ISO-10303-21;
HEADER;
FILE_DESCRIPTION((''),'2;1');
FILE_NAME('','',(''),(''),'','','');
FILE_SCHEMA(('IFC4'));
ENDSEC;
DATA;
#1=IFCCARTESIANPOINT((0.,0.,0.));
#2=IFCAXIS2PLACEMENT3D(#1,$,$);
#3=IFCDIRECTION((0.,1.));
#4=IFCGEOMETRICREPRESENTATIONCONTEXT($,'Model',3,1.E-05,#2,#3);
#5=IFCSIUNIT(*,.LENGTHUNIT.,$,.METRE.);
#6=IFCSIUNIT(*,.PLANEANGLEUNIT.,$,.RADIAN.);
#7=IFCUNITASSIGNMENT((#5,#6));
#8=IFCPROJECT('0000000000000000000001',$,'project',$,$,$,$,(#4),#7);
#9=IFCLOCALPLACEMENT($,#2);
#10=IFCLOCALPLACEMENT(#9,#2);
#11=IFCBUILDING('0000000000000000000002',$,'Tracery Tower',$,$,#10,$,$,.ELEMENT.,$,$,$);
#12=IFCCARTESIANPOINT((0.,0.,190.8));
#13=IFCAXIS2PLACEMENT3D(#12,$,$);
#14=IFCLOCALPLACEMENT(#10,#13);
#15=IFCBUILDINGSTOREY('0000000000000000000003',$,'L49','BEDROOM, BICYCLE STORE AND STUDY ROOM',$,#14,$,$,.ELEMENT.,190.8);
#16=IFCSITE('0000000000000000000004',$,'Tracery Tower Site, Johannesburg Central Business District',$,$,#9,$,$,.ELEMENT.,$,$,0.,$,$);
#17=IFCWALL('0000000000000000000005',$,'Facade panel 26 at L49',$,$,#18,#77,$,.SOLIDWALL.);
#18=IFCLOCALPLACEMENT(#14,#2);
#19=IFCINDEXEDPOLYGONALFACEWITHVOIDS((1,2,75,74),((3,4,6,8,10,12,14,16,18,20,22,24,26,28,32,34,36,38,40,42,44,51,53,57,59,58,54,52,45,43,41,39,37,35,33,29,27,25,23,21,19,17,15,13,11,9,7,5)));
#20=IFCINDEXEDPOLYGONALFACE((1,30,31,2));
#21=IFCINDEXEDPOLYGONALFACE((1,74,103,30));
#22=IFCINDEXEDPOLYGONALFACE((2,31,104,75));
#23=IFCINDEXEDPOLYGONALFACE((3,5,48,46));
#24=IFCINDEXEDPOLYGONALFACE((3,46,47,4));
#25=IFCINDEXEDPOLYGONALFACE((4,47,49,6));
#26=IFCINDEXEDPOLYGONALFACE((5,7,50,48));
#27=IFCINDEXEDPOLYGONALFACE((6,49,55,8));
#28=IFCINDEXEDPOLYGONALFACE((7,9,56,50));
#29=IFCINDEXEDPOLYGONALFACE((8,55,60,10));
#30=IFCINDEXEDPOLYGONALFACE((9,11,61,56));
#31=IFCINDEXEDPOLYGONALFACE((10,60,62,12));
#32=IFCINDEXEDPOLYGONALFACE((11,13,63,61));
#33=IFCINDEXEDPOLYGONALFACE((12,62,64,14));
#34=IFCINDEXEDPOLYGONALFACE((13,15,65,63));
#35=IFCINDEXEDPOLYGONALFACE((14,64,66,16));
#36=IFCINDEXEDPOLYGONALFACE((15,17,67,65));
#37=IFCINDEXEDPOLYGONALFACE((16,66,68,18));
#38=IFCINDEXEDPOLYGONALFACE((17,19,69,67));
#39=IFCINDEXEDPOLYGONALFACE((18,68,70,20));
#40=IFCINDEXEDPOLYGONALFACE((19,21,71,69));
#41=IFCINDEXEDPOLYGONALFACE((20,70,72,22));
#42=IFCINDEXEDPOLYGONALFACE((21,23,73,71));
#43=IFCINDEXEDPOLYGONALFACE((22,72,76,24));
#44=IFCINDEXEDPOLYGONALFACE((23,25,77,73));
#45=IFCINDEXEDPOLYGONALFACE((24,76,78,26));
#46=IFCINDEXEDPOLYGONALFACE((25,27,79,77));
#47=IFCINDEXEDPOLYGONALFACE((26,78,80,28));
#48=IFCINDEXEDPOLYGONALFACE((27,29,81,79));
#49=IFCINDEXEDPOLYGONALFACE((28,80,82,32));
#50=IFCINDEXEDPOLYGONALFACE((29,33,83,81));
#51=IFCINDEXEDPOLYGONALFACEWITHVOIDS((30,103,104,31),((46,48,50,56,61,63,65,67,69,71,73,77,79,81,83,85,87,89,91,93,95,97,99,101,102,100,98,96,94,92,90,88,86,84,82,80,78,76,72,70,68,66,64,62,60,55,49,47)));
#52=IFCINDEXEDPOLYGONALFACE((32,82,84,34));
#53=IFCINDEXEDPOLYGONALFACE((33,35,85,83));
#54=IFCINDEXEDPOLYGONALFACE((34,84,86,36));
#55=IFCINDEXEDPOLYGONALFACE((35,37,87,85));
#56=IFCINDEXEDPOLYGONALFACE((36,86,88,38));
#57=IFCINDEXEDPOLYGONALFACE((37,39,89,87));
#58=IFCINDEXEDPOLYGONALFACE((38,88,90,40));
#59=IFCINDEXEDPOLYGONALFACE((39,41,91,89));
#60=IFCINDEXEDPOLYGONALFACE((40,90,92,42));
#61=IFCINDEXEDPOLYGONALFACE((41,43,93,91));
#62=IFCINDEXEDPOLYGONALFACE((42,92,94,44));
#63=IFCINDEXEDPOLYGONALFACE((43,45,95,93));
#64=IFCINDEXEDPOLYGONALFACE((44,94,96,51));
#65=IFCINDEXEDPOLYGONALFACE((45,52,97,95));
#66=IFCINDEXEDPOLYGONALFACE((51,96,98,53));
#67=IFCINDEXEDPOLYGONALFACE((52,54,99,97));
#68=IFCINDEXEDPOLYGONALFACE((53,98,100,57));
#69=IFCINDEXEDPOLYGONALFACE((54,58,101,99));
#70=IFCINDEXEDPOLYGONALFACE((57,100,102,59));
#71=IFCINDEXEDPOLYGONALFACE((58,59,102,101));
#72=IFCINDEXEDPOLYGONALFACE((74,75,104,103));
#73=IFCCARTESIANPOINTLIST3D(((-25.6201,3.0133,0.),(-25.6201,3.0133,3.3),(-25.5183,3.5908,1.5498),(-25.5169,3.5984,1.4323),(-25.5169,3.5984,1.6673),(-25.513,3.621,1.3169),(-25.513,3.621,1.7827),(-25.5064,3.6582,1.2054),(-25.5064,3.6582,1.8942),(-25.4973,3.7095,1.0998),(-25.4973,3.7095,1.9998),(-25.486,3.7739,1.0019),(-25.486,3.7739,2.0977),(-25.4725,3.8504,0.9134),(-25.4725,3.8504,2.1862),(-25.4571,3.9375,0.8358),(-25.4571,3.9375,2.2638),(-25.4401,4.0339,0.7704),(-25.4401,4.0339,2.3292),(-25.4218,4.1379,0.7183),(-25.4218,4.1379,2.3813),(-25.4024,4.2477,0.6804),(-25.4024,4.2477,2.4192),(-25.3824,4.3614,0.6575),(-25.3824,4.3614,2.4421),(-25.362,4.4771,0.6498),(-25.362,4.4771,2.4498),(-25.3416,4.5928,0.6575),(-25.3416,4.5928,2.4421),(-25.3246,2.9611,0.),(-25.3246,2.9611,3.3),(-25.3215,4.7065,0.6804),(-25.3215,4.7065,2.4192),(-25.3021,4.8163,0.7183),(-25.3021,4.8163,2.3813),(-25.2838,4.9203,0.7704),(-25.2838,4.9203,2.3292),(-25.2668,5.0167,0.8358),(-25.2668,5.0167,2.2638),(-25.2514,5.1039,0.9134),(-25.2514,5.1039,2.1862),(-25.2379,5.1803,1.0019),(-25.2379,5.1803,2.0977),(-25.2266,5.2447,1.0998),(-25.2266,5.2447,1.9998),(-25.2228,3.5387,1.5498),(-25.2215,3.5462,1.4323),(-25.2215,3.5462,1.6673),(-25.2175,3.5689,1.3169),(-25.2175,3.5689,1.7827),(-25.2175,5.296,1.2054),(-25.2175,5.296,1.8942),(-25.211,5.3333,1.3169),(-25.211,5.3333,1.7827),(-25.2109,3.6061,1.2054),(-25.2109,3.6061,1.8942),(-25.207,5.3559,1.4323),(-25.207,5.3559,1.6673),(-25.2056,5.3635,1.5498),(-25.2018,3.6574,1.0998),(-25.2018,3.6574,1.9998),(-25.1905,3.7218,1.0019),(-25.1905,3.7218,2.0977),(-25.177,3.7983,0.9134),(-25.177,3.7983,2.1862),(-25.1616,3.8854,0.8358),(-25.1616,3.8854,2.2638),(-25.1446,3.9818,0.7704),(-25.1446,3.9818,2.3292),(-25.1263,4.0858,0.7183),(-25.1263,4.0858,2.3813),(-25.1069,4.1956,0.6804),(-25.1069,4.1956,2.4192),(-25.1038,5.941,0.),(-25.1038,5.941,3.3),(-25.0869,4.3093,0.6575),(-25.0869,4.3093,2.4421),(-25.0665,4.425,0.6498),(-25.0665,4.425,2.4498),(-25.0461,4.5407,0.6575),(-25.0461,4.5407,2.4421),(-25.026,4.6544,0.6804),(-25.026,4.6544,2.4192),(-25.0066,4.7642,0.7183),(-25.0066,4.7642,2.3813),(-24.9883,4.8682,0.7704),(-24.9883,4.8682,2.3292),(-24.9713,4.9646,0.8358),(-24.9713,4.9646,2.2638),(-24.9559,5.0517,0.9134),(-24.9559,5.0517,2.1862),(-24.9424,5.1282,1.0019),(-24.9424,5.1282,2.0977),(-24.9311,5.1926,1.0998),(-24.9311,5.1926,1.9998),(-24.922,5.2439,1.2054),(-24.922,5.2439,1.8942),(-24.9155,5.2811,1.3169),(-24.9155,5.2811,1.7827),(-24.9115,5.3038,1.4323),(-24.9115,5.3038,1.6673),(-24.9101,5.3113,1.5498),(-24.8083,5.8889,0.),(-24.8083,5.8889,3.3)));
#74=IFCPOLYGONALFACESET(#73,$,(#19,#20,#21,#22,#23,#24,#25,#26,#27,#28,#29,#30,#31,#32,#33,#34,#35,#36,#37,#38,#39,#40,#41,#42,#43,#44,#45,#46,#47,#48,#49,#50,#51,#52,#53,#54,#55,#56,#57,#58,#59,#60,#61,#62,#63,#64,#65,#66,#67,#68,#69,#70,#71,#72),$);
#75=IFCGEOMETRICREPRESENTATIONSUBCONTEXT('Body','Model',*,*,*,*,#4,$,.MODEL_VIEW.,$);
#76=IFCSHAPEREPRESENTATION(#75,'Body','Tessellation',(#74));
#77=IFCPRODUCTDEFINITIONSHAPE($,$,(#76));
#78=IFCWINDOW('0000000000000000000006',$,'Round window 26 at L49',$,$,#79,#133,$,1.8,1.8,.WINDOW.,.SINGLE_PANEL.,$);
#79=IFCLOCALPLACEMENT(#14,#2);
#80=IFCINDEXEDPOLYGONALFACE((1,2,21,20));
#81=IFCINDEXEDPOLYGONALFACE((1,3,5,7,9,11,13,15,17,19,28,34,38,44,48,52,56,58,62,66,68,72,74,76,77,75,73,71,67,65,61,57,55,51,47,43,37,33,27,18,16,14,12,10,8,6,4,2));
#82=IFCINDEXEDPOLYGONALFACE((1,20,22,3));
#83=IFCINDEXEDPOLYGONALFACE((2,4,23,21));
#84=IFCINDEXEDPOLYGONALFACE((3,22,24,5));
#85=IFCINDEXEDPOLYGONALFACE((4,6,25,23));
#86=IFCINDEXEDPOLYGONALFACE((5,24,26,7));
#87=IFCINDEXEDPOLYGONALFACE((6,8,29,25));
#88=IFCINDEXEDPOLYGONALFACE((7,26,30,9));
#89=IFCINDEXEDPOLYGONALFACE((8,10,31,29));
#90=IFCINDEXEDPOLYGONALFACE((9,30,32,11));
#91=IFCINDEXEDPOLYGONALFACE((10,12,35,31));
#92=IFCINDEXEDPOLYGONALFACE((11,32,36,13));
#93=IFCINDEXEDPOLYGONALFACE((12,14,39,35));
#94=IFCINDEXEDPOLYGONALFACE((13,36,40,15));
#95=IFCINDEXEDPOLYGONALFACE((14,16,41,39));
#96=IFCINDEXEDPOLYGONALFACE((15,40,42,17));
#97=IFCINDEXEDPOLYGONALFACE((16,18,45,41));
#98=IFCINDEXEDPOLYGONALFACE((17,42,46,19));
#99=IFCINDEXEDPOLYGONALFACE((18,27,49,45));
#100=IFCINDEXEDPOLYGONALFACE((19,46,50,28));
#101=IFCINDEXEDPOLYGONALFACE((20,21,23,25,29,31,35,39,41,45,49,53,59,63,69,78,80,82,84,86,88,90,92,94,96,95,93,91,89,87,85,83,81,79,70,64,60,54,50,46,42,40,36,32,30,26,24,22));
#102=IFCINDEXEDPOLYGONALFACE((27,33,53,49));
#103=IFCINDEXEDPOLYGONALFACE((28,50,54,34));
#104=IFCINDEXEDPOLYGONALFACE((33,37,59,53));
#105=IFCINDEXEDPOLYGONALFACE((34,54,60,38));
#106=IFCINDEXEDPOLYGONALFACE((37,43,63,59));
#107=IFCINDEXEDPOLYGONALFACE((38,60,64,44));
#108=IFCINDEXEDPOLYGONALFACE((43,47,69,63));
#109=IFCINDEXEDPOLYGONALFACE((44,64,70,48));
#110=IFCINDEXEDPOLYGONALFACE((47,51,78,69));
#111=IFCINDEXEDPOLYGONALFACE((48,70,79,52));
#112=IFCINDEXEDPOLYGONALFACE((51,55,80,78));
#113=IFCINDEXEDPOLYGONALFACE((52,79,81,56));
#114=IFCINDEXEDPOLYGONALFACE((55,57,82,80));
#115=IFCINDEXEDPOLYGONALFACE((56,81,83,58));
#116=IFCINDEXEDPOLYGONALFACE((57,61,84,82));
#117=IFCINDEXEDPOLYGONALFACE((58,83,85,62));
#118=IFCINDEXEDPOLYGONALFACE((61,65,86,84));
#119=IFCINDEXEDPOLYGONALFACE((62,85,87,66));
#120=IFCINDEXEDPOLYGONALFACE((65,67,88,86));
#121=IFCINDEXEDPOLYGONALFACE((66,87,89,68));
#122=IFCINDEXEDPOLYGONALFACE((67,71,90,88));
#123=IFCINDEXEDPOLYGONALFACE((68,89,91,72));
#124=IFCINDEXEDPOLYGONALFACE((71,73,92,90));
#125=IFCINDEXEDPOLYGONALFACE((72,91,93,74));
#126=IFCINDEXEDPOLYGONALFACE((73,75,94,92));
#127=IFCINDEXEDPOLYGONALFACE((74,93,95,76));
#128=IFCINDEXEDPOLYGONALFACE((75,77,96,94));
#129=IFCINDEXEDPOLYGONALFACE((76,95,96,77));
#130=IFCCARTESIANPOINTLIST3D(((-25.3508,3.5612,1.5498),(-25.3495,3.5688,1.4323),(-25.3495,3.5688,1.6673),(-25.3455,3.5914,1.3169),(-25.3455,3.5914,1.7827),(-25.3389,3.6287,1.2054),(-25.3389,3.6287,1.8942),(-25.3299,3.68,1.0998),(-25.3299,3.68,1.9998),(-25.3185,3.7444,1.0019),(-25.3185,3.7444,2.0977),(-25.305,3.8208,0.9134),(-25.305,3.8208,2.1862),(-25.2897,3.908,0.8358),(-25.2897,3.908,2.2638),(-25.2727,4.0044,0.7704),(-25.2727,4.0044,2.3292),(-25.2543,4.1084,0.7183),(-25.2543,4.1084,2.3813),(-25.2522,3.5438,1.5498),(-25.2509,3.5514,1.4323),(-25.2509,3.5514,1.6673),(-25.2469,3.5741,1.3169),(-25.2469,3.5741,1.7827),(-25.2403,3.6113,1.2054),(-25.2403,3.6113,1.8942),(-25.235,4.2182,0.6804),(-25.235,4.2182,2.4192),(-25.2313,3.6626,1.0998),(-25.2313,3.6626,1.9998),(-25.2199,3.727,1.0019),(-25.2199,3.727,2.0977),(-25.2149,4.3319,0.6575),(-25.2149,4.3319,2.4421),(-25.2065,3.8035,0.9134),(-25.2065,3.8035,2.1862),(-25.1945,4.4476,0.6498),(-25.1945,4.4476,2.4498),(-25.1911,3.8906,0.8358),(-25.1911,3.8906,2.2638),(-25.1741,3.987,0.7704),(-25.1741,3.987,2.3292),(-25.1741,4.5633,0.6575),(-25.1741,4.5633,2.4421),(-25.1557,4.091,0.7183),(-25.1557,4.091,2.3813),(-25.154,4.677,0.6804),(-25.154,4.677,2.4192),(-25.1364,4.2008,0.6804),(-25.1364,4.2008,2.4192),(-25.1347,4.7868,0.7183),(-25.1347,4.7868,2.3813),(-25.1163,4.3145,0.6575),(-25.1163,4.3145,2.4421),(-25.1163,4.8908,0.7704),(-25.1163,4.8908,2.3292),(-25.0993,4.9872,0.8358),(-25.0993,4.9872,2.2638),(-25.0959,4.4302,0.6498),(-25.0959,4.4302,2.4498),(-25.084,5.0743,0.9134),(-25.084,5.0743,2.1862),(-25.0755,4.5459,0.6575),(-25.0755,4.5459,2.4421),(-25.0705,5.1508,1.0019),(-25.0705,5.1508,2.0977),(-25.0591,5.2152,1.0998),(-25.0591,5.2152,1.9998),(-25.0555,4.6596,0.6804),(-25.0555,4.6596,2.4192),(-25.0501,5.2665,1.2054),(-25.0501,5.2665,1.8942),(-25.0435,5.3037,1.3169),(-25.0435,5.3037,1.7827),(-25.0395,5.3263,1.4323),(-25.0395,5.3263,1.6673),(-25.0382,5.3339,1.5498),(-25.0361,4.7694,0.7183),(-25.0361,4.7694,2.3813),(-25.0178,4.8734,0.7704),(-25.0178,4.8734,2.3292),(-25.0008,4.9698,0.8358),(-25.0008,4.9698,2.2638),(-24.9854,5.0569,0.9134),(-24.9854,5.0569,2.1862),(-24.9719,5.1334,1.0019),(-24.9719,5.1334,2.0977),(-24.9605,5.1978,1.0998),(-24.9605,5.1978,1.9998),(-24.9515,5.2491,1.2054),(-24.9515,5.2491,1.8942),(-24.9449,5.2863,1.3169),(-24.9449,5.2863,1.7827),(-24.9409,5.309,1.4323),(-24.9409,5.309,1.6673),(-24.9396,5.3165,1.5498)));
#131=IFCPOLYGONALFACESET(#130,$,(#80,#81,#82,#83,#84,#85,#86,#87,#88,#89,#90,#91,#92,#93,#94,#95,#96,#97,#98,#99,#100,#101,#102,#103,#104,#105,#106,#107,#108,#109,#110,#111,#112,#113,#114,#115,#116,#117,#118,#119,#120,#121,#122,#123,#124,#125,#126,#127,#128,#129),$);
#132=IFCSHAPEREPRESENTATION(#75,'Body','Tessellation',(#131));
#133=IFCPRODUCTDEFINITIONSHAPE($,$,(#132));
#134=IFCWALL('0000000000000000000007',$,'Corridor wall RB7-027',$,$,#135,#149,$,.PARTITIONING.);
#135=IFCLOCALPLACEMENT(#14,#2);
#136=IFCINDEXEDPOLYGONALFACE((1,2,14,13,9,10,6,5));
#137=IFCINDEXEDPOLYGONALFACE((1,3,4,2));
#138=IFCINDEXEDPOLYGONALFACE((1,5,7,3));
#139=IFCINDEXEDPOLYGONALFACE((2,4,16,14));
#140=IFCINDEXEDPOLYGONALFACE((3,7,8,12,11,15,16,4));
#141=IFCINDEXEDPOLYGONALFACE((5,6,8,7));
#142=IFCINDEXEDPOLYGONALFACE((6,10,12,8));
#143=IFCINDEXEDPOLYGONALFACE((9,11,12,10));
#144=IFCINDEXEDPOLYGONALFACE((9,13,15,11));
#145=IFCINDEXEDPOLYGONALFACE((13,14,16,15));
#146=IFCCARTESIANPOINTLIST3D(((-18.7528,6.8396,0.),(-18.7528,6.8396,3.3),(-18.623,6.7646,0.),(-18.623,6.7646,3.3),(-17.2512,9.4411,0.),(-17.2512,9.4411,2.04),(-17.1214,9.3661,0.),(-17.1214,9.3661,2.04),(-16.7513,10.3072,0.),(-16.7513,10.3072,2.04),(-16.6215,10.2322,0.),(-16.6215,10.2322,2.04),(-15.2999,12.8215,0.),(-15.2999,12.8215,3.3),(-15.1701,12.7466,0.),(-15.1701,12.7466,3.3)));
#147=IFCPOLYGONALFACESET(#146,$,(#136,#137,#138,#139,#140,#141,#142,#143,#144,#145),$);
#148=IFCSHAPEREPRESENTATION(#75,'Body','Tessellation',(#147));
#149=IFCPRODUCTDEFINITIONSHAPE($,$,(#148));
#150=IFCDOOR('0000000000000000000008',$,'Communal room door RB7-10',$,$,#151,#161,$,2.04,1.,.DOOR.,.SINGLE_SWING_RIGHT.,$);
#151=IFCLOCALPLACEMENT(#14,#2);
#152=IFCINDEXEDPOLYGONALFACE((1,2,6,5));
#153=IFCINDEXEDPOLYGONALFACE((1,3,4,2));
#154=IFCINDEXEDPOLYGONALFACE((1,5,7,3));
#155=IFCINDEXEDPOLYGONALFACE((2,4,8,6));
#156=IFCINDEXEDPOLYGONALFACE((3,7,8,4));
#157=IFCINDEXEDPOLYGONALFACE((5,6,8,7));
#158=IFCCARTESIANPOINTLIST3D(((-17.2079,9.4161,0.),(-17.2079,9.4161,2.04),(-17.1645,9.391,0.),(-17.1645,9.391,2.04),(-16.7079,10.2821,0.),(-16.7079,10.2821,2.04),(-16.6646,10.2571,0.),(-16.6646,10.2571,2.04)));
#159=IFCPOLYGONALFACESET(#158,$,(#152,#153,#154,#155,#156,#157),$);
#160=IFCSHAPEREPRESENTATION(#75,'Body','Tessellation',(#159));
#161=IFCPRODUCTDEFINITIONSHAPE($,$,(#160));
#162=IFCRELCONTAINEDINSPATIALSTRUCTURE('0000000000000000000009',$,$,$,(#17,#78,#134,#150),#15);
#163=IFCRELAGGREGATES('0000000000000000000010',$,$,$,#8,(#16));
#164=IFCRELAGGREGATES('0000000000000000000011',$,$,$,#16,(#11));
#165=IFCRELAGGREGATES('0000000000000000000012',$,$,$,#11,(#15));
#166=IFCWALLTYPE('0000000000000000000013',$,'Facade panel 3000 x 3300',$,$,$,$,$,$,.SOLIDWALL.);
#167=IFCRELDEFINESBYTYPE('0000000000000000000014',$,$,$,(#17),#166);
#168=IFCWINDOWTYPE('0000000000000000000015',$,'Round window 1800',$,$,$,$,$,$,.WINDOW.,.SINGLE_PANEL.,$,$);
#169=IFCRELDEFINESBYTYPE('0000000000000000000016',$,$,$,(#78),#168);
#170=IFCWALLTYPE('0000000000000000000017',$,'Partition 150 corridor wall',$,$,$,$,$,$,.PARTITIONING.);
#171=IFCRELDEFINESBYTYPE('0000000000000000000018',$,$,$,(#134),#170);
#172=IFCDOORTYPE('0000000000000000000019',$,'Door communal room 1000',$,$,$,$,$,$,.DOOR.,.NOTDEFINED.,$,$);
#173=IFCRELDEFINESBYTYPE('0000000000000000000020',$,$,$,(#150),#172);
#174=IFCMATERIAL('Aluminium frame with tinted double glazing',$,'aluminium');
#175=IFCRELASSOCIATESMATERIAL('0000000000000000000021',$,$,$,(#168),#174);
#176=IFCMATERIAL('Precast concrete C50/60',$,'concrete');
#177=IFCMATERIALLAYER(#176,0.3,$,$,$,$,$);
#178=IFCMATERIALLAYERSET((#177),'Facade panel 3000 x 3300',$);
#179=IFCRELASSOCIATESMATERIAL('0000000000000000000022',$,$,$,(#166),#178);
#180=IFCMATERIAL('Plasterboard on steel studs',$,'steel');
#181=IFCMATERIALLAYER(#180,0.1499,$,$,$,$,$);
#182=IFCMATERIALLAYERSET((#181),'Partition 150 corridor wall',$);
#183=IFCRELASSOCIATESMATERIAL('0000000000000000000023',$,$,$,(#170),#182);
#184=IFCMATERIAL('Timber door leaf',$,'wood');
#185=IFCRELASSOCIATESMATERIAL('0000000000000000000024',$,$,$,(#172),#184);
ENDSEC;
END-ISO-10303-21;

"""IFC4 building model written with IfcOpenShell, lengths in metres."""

from ifc_helpers import new_model, si_unit, direction, frame, frame_2d, origin, origin_2d, place, context, subcontext, project, spatial, rectangle, circle, extrude, material, layer, layer_set, type_object, element, fill, save


model = new_model("IFC4")

# Units and contexts
model_context = context("Model", 3, precision=1e-05, world=origin(), true_north=direction((0.0, 1.0)))
body_context = subcontext(model_context, "Body", "Model", "MODEL_VIEW")
ifc_project = project(units=[si_unit("LENGTHUNIT", "METRE"), si_unit("PLANEANGLEUNIT", "RADIAN")], contexts=[model_context])

# Site, building, storey
site_placement = place(None, origin())
site = spatial("IfcSite", under=ifc_project, at=site_placement, Name="Tracery Tower Site, Johannesburg Central Business District", CompositionType="ELEMENT", RefElevation=0.0)
building_placement = place(site_placement, origin())
building = spatial("IfcBuilding", under=site, at=building_placement, Name="Tracery Tower", CompositionType="ELEMENT")
storey_placement = place(building_placement, frame((0.0, 0.0, 190.8)))
storey = spatial("IfcBuildingStorey", under=building, at=storey_placement, Name="L49", Description="BEDROOM, BICYCLE STORE AND STUDY ROOM", CompositionType="ELEMENT", Elevation=190.8)

# Wall, opening, window
ifc_material_1 = material(Name="Aluminium frame with tinted double glazing", Category="aluminium")
window_type = type_object("IfcWindowType", Name="Round window 1800", PartitioningType="SINGLE_PANEL", PredefinedType="WINDOW", material=ifc_material_1)
ifc_material_2 = material(Name="Precast concrete C50/60", Category="concrete")
ifc_layer_1 = layer(ifc_material_2, 0.3)
ifc_layer_set_1 = layer_set([ifc_layer_1], Name="Facade panel 3000 x 3300")
wall_type_1 = type_object("IfcWallType", Name="Facade panel 3000 x 3300", PredefinedType="SOLIDWALL", material=ifc_layer_set_1)
wall_1_placement = place(storey_placement, frame((-24.9561, 5.9148, 0.0), z_axis=(0.0, 0.0, 1.0), x_axis=(-0.173687, -0.984801, 0.0)))
wall_1 = element("IfcWall", 1, at=wall_1_placement, inside=storey, type_object=wall_type_1, Name="Facade panel 26 at L49", PredefinedType="SOLIDWALL", context=body_context, shape_type="SweptSolid", body=[
    extrude(rectangle(XDim=2.9729, YDim=0.3, at=frame_2d((1.4863, 0.0))), origin(), (0.0, 0.0, 1.0), 3.3),
])
opening_1_placement = place(wall_1_placement, frame((1.4863, 0.0, 1.5498)))
opening_1 = element("IfcOpeningElement", 2, at=opening_1_placement, cuts=wall_1, PredefinedType="OPENING", context=body_context, shape_type="SweptSolid", body=[
    extrude(circle(Radius=0.9, at=origin_2d()), frame((0.0, 0.1599, 0.0), z_axis=(0.0, -1.0, 0.0), x_axis=(1.0, 0.0, 0.0)), (0.0, 0.0, 1.0), 0.3201),
])
window_1_placement = place(opening_1_placement, origin())
window_1 = element("IfcWindow", 3, at=window_1_placement, inside=storey, type_object=window_type, Name="Round window 26 at L49", OverallHeight=1.8, OverallWidth=1.8, PartitioningType="SINGLE_PANEL", PredefinedType="WINDOW", context=body_context, shape_type="SweptSolid", body=[
    extrude(circle(Radius=0.9, at=origin_2d()), frame((0.0, 0.1201, 0.0), z_axis=(0.0, -1.0, 0.0), x_axis=(1.0, 0.0, 0.0)), (0.0, 0.0, 1.0), 0.1001),
])
fill(opening_1, window_1)

# Wall, opening, door
ifc_material_3 = material(Name="Plasterboard on steel studs", Category="steel")
ifc_layer_2 = layer(ifc_material_3, 0.1499)
ifc_layer_set_2 = layer_set([ifc_layer_2], Name="Partition 150 corridor wall")
wall_type_2 = type_object("IfcWallType", Name="Partition 150 corridor wall", PredefinedType="PARTITIONING", material=ifc_layer_set_2)
wall_2_placement = place(storey_placement, frame((-18.688, 6.802, 0.0), z_axis=(0.0, 0.0, 1.0), x_axis=(0.499914, 0.866075, 0.0)))
wall_2 = element("IfcWall", 4, at=wall_2_placement, inside=storey, type_object=wall_type_2, Name="Corridor wall RB7-027", PredefinedType="PARTITIONING", context=body_context, shape_type="SweptSolid", body=[
    extrude(rectangle(XDim=6.907, YDim=0.1499, at=frame_2d((3.4536, 0.0))), origin(), (0.0, 0.0, 1.0), 3.3),
])
opening_2_placement = place(wall_2_placement, frame((3.0039, 0.0, 0.0)))
opening_2 = element("IfcOpeningElement", 5, at=opening_2_placement, cuts=wall_2, PredefinedType="OPENING", context=body_context, shape_type="SweptSolid", body=[
    extrude(rectangle(XDim=1.0, YDim=2.04, at=frame_2d((0.5, 1.02))), frame((0.0, 0.075, 0.0), z_axis=(0.0, -1.0, 0.0), x_axis=(1.0, 0.0, 0.0)), (0.0, 0.0, 1.0), 0.1499),
])
ifc_material_4 = material(Name="Timber door leaf", Category="wood")
door_type_1 = type_object("IfcDoorType", Name="Door communal room 1000", OperationType="NOTDEFINED", PredefinedType="DOOR", material=ifc_material_4)
door_1_placement = place(opening_2_placement, origin())
door_1 = element("IfcDoor", 6, at=door_1_placement, inside=storey, type_object=door_type_1, Name="Communal room door RB7-10", OperationType="SINGLE_SWING_RIGHT", OverallHeight=2.04, OverallWidth=1.0, PredefinedType="DOOR", context=body_context, shape_type="SweptSolid", body=[
    extrude(rectangle(XDim=1.0, YDim=2.04, at=frame_2d((0.5, 1.02))), frame((0.0, 0.0249, 0.0), z_axis=(0.0, -1.0, 0.0), x_axis=(1.0, 0.0, 0.0)), (0.0, 0.0, 1.0), 0.05),
])
fill(opening_2, door_1)

save(model, "model.ifc")
